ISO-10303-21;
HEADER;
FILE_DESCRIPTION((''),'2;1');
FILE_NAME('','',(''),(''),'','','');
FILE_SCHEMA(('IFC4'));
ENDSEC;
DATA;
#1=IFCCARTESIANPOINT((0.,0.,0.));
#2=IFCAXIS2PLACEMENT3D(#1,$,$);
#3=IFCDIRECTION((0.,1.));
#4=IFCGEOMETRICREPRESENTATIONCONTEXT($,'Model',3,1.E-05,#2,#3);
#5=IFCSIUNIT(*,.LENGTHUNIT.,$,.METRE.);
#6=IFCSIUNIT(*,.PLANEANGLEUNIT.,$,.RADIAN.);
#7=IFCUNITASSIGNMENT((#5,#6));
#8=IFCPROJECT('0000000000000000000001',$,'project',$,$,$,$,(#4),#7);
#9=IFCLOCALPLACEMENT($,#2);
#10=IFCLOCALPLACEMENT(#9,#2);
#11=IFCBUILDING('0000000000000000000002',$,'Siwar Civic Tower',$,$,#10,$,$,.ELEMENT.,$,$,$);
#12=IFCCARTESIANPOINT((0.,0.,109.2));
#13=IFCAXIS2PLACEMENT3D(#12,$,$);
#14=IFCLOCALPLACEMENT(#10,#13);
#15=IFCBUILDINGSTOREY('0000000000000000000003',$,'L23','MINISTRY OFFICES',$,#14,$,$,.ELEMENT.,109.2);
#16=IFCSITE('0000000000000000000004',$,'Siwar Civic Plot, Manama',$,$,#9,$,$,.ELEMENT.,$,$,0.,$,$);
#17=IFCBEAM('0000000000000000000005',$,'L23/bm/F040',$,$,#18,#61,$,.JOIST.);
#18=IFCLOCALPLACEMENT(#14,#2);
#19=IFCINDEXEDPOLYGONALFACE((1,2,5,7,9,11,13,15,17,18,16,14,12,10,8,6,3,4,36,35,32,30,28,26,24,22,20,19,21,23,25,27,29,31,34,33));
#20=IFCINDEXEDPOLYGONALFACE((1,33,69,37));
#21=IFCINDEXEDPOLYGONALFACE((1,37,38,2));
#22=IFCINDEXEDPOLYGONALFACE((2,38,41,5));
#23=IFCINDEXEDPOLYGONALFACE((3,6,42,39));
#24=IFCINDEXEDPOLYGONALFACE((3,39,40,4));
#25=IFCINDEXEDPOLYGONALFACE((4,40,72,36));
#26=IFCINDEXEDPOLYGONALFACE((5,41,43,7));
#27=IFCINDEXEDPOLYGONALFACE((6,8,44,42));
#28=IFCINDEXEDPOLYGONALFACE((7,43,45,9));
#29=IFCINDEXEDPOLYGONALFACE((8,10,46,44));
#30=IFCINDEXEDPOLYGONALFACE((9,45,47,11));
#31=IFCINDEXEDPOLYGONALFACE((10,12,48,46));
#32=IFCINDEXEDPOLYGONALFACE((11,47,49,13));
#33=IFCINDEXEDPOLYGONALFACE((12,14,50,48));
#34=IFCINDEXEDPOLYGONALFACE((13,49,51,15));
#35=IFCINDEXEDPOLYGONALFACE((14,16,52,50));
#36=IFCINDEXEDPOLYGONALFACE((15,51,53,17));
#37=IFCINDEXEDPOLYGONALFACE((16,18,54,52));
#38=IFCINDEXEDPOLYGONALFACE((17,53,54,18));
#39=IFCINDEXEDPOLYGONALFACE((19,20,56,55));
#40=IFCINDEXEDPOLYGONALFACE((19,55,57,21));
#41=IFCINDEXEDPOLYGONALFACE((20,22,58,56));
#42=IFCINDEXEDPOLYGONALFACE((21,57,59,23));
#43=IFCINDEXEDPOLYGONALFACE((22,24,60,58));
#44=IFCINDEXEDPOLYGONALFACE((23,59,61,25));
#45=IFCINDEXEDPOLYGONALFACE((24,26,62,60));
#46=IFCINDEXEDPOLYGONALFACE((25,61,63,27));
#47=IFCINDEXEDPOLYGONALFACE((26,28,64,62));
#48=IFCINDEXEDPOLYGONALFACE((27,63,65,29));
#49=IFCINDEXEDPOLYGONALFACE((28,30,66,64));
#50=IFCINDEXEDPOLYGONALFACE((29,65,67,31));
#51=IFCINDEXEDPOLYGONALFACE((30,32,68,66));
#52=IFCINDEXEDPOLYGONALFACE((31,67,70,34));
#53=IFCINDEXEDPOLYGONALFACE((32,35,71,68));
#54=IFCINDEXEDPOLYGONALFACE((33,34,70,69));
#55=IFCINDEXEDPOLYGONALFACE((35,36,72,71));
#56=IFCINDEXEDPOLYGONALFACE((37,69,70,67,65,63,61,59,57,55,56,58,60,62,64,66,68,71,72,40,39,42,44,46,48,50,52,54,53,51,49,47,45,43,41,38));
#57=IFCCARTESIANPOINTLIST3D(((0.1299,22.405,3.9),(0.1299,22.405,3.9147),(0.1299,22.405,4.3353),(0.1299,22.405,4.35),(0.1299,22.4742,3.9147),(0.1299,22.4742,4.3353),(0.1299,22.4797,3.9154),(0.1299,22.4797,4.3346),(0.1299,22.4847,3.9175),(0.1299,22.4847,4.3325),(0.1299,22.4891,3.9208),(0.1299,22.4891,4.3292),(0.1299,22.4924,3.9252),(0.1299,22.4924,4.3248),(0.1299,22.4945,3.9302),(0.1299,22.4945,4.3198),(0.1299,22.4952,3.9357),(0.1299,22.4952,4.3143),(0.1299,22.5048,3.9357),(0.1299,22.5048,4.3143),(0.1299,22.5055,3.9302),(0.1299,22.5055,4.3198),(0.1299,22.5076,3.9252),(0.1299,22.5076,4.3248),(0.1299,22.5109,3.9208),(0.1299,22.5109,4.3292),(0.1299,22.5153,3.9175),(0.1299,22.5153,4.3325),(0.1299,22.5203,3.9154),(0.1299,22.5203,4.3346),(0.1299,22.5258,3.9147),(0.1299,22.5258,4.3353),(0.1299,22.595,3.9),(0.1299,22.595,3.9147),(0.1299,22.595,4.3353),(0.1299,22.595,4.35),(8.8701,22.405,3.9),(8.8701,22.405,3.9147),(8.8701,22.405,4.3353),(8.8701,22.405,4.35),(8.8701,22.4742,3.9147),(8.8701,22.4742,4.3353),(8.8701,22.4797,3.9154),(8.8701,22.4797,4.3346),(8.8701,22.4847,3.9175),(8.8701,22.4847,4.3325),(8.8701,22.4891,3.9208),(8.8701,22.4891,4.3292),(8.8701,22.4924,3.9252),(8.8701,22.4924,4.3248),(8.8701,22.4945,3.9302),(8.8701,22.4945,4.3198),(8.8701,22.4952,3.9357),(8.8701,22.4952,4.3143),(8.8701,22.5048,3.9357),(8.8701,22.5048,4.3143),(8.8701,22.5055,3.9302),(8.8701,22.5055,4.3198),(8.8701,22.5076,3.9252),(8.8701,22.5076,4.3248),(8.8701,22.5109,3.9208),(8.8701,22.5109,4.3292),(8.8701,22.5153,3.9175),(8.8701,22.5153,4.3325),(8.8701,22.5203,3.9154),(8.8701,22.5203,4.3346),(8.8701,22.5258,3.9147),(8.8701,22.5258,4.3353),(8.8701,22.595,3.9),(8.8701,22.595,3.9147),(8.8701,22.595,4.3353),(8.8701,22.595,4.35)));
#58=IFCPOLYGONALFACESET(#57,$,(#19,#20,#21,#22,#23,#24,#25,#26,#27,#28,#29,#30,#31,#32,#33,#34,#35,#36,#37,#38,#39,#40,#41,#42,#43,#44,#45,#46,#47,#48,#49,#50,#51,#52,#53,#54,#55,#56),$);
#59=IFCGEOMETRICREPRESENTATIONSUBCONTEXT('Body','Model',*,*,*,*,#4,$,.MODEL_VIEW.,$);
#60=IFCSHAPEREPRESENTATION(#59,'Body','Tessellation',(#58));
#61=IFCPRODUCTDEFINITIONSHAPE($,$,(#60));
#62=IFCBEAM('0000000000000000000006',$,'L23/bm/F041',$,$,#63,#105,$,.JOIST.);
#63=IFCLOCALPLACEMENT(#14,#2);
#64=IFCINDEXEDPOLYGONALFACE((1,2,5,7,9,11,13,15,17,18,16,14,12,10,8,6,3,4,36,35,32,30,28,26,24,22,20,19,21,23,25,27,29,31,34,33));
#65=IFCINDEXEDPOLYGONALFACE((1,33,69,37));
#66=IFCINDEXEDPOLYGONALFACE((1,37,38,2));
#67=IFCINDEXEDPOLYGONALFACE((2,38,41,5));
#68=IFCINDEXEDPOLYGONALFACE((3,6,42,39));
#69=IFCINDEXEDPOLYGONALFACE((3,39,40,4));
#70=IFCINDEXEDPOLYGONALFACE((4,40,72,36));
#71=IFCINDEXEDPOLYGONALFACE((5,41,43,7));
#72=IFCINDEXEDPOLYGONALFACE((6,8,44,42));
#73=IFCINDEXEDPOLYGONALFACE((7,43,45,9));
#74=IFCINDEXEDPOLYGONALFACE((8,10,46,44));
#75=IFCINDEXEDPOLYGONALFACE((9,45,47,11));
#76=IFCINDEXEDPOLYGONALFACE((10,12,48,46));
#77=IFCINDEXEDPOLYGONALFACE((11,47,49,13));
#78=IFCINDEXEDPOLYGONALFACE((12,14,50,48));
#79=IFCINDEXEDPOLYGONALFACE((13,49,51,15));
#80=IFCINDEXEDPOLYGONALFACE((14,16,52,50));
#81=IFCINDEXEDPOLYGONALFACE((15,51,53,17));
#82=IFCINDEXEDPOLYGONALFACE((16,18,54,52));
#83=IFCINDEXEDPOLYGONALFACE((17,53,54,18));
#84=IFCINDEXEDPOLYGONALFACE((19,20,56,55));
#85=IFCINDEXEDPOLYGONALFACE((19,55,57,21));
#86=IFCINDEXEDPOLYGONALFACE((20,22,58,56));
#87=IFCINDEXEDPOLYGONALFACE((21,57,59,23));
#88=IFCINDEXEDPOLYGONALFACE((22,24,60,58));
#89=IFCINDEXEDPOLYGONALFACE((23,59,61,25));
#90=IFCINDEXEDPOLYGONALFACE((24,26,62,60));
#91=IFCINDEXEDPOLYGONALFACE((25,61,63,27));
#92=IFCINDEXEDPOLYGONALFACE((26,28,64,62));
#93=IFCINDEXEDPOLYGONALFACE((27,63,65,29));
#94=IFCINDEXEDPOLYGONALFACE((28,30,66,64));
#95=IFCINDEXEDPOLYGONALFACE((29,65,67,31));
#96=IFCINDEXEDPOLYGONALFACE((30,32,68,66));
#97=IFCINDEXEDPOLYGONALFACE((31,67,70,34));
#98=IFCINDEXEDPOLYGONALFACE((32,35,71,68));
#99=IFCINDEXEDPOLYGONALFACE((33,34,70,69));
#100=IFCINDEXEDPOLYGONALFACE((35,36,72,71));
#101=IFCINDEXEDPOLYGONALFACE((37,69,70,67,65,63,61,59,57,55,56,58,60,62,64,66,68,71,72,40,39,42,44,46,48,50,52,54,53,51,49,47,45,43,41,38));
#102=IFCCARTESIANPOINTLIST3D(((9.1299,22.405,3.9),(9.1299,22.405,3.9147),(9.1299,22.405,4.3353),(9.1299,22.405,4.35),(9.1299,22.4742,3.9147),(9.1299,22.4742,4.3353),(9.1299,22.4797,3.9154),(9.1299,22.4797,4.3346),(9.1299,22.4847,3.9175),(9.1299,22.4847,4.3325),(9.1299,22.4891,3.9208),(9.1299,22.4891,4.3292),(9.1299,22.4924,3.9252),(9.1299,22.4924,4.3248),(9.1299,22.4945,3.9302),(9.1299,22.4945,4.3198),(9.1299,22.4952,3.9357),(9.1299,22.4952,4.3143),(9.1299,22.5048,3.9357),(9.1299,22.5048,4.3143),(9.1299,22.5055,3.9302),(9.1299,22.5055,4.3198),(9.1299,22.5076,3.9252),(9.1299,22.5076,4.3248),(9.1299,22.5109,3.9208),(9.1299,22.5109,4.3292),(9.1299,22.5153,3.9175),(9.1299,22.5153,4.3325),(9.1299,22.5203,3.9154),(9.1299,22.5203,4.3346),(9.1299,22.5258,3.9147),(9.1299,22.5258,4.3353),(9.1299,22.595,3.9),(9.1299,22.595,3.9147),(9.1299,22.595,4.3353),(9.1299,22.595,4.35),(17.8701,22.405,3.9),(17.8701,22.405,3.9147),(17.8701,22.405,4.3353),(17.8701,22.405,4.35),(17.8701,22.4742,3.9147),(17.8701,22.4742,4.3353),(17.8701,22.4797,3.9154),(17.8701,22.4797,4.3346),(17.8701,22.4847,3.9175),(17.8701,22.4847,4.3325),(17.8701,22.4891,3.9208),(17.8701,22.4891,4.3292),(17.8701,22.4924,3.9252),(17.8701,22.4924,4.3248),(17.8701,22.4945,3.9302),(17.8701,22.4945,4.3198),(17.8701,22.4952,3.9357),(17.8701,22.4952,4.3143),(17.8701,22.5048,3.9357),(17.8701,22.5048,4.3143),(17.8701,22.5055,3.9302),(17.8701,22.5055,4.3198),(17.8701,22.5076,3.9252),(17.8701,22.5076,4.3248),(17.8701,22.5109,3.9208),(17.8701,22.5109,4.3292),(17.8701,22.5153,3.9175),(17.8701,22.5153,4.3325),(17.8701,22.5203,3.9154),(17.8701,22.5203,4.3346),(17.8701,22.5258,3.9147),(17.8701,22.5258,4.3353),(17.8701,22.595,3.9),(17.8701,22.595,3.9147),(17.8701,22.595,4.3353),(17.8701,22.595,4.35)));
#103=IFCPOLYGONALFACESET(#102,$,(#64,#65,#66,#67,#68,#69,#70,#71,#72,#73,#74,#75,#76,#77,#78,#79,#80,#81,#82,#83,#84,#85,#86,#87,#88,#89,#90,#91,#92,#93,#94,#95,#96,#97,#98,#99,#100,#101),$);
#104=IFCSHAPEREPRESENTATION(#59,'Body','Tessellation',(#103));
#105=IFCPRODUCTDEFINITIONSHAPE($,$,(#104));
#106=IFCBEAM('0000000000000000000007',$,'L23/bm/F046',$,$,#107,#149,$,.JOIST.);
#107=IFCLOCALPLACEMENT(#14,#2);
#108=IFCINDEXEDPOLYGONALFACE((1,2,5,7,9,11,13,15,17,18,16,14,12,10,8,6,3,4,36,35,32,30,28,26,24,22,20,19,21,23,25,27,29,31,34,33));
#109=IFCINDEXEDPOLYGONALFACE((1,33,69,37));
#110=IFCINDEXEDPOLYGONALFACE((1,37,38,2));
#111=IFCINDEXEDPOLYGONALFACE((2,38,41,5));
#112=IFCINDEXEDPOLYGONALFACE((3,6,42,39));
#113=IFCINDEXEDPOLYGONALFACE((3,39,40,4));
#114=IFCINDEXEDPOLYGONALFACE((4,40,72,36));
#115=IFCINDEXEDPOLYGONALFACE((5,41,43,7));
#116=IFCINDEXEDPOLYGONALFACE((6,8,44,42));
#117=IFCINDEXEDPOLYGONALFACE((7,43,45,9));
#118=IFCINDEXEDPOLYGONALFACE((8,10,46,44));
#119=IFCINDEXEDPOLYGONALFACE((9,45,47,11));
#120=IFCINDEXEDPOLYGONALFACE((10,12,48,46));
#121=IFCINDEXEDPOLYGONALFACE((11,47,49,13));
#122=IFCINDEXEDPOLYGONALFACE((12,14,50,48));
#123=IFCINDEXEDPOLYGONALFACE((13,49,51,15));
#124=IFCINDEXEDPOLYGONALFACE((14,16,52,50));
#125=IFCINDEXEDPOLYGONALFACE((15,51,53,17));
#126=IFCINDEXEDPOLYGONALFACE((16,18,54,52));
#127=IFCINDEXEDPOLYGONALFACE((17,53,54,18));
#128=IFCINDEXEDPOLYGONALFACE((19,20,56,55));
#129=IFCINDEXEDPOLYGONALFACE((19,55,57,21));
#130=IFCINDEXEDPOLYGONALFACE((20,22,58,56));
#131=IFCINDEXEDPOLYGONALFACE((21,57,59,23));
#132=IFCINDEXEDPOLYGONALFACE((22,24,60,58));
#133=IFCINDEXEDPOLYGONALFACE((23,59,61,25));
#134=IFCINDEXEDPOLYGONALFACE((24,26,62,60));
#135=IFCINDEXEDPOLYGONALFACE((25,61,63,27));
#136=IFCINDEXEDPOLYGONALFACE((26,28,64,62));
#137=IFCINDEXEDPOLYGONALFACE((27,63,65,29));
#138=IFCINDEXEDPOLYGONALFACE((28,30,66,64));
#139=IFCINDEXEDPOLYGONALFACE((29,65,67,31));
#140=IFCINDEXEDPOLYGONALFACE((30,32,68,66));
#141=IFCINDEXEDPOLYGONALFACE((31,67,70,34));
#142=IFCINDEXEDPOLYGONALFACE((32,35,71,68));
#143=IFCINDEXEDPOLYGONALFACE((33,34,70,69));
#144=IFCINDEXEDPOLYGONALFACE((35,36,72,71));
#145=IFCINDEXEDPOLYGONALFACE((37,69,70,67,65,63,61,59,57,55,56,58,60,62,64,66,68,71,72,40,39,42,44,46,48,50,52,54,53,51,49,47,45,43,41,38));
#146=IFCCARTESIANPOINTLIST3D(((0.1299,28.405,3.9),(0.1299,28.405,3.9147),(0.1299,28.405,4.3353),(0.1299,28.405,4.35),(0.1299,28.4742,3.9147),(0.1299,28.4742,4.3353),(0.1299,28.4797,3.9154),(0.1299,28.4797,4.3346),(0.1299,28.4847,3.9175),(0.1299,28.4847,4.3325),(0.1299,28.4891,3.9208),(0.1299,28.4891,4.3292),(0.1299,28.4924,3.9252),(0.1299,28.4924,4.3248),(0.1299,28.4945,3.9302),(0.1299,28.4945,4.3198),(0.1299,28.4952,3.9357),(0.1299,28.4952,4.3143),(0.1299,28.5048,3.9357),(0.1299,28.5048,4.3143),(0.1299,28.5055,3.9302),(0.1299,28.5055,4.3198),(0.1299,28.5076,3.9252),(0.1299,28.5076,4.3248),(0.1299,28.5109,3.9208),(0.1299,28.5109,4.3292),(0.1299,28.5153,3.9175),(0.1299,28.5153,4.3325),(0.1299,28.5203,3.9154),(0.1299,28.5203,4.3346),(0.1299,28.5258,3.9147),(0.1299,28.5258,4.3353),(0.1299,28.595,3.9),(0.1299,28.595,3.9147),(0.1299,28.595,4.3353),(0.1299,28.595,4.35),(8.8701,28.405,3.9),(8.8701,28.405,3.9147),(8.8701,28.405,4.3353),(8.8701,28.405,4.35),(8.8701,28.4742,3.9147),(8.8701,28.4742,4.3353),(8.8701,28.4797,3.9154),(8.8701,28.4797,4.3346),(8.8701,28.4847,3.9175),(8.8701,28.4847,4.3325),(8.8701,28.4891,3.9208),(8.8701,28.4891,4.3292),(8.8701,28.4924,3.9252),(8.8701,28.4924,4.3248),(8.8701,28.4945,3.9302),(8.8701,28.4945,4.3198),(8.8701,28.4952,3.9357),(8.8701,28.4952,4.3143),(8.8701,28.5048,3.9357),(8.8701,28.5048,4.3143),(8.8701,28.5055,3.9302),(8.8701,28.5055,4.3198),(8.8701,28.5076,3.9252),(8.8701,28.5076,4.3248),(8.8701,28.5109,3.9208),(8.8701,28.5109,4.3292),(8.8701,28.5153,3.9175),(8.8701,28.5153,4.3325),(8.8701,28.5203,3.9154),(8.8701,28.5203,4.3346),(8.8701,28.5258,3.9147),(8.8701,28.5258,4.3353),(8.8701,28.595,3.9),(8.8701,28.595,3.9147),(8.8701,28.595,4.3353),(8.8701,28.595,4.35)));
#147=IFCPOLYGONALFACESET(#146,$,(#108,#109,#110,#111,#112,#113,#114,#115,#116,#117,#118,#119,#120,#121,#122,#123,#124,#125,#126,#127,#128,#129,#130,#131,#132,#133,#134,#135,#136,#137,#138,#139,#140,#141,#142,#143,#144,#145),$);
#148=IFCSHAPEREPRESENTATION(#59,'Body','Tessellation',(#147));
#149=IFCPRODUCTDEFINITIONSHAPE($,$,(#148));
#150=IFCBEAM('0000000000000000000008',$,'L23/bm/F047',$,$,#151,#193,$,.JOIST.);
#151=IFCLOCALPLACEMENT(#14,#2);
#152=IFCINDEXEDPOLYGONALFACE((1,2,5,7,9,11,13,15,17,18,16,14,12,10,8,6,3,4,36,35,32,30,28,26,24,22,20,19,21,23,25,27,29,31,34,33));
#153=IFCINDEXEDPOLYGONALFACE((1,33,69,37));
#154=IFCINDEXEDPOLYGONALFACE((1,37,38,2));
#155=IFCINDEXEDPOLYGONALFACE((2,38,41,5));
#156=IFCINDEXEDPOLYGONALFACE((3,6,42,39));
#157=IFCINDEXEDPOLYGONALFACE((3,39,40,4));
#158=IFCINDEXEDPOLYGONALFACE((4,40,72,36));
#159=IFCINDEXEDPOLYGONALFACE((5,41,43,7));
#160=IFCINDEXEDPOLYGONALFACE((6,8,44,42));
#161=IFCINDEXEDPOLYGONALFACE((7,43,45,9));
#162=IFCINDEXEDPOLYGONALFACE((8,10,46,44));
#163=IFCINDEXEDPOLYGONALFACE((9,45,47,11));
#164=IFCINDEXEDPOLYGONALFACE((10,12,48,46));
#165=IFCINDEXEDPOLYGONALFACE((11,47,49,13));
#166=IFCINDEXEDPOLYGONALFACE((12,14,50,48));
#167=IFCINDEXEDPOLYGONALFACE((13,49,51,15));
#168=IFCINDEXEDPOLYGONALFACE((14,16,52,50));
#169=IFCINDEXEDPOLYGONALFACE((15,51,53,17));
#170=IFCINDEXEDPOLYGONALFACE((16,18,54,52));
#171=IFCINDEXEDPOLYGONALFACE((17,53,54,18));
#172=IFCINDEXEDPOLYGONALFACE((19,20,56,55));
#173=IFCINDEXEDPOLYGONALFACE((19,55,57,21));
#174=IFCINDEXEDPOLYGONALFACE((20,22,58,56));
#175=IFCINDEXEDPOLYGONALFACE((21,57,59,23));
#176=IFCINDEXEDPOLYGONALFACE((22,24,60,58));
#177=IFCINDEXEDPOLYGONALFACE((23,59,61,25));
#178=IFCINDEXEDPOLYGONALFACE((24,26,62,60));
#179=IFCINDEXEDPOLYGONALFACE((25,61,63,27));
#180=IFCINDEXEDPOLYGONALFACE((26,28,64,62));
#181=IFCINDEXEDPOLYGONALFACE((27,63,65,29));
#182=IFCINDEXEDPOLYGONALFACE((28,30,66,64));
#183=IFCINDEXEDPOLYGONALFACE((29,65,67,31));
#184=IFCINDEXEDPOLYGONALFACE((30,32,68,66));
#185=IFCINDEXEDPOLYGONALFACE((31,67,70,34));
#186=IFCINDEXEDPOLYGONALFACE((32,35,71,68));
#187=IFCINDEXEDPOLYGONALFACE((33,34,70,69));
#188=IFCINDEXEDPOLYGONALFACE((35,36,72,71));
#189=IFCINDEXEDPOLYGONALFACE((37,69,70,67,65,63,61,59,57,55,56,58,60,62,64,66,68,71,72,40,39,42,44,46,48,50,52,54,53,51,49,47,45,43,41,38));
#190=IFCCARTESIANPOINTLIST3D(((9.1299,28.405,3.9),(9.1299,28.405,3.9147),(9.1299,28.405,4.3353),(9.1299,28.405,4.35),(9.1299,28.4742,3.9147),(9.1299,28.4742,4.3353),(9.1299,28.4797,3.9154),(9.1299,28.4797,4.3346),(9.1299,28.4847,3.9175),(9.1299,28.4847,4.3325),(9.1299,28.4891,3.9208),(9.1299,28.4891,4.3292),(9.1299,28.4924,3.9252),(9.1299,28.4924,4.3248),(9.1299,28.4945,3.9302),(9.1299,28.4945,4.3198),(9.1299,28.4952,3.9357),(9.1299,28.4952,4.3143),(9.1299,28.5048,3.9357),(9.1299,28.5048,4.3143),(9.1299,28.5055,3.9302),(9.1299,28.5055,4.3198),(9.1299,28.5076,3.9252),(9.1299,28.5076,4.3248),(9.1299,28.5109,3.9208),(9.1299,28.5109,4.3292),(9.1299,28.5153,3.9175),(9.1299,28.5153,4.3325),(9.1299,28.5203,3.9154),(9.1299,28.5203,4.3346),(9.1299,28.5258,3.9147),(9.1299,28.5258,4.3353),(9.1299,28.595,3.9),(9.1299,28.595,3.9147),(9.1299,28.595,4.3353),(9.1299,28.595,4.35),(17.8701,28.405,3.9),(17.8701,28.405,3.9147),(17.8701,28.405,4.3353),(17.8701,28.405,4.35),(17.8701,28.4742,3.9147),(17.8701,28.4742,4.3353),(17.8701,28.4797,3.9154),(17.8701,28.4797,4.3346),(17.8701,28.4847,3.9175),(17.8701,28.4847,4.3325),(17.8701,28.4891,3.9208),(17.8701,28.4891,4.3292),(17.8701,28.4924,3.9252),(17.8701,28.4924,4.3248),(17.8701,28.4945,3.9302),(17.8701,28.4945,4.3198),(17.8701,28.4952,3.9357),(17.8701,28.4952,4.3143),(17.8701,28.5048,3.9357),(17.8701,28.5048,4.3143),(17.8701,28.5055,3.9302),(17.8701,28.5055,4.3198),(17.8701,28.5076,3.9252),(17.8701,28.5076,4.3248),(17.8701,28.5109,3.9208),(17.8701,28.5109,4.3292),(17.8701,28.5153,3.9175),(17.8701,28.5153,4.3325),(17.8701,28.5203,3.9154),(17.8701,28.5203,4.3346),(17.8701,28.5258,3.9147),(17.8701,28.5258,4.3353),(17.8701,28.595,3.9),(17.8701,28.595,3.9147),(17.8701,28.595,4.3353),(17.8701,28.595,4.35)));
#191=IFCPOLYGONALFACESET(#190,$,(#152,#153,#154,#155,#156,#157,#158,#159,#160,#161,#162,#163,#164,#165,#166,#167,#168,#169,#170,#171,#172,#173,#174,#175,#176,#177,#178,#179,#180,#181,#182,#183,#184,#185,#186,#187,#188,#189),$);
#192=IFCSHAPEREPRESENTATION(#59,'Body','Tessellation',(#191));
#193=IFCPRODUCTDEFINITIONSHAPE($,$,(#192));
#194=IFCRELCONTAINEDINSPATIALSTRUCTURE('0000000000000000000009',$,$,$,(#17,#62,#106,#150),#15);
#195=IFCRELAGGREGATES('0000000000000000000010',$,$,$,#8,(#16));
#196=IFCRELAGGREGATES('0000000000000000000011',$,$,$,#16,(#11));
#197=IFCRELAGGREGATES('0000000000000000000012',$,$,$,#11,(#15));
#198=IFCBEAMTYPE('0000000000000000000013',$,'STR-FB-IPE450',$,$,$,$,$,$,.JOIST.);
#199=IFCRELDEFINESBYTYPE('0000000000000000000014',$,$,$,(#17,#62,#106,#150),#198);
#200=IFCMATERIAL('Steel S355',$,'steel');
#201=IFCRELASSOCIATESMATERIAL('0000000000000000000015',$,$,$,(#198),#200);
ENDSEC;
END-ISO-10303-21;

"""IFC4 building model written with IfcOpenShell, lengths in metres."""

from ifc_helpers import new_model, si_unit, direction, frame, origin, origin_2d, place, context, subcontext, project, spatial, i_section, extrude, material, material_profile, profile_set, type_object, element, save


model = new_model("IFC4")

# Units and contexts
model_context = context("Model", 3, precision=1e-05, world=origin(), true_north=direction((0.0, 1.0)))
body_context = subcontext(model_context, "Body", "Model", "MODEL_VIEW")
ifc_project = project(units=[si_unit("LENGTHUNIT", "METRE"), si_unit("PLANEANGLEUNIT", "RADIAN")], contexts=[model_context])

# Site, building, storey
site_placement = place(None, origin())
site = spatial("IfcSite", under=ifc_project, at=site_placement, Name="Siwar Civic Plot, Manama", CompositionType="ELEMENT", RefElevation=0.0)
building_placement = place(site_placement, origin())
building = spatial("IfcBuilding", under=site, at=building_placement, Name="Siwar Civic Tower", CompositionType="ELEMENT")
storey_placement = place(building_placement, frame((0.0, 0.0, 109.2)))
storey = spatial("IfcBuildingStorey", under=building, at=storey_placement, Name="L23", Description="MINISTRY OFFICES", CompositionType="ELEMENT", Elevation=109.2)

# Beams
ifc_material_1 = material(Name="Steel S355", Category="steel")
ifc_material_profile_1 = material_profile(ifc_material_1, i_section(OverallWidth=0.1899, OverallDepth=0.45, WebThickness=0.0095, FlangeThickness=0.0146, FilletRadius=0.021, at=origin_2d()), Name="IPE450")
ifc_profile_set_1 = profile_set([ifc_material_profile_1], Name="Steel S355")
beam_type_1 = type_object("IfcBeamType", Name="STR-FB-IPE450", PredefinedType="JOIST", material=ifc_profile_set_1)
for number, where, z_axis, x_axis, name in (
    (1, (0.1299, 22.5, 4.125), (1.0, 0.0, 0.0), (0.0, 1.0, 0.0), "L23/bm/F040"),
    (2, (9.1299, 22.5, 4.125), (1.0, 0.0, 0.0), (0.0, 1.0, 0.0), "L23/bm/F041"),
    (3, (0.1299, 28.5, 4.125), (1.0, 0.0, 0.0), (0.0, 1.0, 0.0), "L23/bm/F046"),
    (4, (9.1299, 28.5, 4.125), (1.0, 0.0, 0.0), (0.0, 1.0, 0.0), "L23/bm/F047"),
):
    element("IfcBeam", number, at=place(storey_placement, frame(where, z_axis=z_axis, x_axis=x_axis)), inside=storey, type_object=beam_type_1, Name=name, PredefinedType="JOIST", context=body_context, shape_type="SweptSolid", body=[
        extrude(i_section(OverallWidth=0.1899, OverallDepth=0.45, WebThickness=0.0095, FlangeThickness=0.0146, FilletRadius=0.021, at=origin_2d()), origin(), (0.0, 0.0, 1.0), 8.7402),
    ])

save(model, "model.ifc")
